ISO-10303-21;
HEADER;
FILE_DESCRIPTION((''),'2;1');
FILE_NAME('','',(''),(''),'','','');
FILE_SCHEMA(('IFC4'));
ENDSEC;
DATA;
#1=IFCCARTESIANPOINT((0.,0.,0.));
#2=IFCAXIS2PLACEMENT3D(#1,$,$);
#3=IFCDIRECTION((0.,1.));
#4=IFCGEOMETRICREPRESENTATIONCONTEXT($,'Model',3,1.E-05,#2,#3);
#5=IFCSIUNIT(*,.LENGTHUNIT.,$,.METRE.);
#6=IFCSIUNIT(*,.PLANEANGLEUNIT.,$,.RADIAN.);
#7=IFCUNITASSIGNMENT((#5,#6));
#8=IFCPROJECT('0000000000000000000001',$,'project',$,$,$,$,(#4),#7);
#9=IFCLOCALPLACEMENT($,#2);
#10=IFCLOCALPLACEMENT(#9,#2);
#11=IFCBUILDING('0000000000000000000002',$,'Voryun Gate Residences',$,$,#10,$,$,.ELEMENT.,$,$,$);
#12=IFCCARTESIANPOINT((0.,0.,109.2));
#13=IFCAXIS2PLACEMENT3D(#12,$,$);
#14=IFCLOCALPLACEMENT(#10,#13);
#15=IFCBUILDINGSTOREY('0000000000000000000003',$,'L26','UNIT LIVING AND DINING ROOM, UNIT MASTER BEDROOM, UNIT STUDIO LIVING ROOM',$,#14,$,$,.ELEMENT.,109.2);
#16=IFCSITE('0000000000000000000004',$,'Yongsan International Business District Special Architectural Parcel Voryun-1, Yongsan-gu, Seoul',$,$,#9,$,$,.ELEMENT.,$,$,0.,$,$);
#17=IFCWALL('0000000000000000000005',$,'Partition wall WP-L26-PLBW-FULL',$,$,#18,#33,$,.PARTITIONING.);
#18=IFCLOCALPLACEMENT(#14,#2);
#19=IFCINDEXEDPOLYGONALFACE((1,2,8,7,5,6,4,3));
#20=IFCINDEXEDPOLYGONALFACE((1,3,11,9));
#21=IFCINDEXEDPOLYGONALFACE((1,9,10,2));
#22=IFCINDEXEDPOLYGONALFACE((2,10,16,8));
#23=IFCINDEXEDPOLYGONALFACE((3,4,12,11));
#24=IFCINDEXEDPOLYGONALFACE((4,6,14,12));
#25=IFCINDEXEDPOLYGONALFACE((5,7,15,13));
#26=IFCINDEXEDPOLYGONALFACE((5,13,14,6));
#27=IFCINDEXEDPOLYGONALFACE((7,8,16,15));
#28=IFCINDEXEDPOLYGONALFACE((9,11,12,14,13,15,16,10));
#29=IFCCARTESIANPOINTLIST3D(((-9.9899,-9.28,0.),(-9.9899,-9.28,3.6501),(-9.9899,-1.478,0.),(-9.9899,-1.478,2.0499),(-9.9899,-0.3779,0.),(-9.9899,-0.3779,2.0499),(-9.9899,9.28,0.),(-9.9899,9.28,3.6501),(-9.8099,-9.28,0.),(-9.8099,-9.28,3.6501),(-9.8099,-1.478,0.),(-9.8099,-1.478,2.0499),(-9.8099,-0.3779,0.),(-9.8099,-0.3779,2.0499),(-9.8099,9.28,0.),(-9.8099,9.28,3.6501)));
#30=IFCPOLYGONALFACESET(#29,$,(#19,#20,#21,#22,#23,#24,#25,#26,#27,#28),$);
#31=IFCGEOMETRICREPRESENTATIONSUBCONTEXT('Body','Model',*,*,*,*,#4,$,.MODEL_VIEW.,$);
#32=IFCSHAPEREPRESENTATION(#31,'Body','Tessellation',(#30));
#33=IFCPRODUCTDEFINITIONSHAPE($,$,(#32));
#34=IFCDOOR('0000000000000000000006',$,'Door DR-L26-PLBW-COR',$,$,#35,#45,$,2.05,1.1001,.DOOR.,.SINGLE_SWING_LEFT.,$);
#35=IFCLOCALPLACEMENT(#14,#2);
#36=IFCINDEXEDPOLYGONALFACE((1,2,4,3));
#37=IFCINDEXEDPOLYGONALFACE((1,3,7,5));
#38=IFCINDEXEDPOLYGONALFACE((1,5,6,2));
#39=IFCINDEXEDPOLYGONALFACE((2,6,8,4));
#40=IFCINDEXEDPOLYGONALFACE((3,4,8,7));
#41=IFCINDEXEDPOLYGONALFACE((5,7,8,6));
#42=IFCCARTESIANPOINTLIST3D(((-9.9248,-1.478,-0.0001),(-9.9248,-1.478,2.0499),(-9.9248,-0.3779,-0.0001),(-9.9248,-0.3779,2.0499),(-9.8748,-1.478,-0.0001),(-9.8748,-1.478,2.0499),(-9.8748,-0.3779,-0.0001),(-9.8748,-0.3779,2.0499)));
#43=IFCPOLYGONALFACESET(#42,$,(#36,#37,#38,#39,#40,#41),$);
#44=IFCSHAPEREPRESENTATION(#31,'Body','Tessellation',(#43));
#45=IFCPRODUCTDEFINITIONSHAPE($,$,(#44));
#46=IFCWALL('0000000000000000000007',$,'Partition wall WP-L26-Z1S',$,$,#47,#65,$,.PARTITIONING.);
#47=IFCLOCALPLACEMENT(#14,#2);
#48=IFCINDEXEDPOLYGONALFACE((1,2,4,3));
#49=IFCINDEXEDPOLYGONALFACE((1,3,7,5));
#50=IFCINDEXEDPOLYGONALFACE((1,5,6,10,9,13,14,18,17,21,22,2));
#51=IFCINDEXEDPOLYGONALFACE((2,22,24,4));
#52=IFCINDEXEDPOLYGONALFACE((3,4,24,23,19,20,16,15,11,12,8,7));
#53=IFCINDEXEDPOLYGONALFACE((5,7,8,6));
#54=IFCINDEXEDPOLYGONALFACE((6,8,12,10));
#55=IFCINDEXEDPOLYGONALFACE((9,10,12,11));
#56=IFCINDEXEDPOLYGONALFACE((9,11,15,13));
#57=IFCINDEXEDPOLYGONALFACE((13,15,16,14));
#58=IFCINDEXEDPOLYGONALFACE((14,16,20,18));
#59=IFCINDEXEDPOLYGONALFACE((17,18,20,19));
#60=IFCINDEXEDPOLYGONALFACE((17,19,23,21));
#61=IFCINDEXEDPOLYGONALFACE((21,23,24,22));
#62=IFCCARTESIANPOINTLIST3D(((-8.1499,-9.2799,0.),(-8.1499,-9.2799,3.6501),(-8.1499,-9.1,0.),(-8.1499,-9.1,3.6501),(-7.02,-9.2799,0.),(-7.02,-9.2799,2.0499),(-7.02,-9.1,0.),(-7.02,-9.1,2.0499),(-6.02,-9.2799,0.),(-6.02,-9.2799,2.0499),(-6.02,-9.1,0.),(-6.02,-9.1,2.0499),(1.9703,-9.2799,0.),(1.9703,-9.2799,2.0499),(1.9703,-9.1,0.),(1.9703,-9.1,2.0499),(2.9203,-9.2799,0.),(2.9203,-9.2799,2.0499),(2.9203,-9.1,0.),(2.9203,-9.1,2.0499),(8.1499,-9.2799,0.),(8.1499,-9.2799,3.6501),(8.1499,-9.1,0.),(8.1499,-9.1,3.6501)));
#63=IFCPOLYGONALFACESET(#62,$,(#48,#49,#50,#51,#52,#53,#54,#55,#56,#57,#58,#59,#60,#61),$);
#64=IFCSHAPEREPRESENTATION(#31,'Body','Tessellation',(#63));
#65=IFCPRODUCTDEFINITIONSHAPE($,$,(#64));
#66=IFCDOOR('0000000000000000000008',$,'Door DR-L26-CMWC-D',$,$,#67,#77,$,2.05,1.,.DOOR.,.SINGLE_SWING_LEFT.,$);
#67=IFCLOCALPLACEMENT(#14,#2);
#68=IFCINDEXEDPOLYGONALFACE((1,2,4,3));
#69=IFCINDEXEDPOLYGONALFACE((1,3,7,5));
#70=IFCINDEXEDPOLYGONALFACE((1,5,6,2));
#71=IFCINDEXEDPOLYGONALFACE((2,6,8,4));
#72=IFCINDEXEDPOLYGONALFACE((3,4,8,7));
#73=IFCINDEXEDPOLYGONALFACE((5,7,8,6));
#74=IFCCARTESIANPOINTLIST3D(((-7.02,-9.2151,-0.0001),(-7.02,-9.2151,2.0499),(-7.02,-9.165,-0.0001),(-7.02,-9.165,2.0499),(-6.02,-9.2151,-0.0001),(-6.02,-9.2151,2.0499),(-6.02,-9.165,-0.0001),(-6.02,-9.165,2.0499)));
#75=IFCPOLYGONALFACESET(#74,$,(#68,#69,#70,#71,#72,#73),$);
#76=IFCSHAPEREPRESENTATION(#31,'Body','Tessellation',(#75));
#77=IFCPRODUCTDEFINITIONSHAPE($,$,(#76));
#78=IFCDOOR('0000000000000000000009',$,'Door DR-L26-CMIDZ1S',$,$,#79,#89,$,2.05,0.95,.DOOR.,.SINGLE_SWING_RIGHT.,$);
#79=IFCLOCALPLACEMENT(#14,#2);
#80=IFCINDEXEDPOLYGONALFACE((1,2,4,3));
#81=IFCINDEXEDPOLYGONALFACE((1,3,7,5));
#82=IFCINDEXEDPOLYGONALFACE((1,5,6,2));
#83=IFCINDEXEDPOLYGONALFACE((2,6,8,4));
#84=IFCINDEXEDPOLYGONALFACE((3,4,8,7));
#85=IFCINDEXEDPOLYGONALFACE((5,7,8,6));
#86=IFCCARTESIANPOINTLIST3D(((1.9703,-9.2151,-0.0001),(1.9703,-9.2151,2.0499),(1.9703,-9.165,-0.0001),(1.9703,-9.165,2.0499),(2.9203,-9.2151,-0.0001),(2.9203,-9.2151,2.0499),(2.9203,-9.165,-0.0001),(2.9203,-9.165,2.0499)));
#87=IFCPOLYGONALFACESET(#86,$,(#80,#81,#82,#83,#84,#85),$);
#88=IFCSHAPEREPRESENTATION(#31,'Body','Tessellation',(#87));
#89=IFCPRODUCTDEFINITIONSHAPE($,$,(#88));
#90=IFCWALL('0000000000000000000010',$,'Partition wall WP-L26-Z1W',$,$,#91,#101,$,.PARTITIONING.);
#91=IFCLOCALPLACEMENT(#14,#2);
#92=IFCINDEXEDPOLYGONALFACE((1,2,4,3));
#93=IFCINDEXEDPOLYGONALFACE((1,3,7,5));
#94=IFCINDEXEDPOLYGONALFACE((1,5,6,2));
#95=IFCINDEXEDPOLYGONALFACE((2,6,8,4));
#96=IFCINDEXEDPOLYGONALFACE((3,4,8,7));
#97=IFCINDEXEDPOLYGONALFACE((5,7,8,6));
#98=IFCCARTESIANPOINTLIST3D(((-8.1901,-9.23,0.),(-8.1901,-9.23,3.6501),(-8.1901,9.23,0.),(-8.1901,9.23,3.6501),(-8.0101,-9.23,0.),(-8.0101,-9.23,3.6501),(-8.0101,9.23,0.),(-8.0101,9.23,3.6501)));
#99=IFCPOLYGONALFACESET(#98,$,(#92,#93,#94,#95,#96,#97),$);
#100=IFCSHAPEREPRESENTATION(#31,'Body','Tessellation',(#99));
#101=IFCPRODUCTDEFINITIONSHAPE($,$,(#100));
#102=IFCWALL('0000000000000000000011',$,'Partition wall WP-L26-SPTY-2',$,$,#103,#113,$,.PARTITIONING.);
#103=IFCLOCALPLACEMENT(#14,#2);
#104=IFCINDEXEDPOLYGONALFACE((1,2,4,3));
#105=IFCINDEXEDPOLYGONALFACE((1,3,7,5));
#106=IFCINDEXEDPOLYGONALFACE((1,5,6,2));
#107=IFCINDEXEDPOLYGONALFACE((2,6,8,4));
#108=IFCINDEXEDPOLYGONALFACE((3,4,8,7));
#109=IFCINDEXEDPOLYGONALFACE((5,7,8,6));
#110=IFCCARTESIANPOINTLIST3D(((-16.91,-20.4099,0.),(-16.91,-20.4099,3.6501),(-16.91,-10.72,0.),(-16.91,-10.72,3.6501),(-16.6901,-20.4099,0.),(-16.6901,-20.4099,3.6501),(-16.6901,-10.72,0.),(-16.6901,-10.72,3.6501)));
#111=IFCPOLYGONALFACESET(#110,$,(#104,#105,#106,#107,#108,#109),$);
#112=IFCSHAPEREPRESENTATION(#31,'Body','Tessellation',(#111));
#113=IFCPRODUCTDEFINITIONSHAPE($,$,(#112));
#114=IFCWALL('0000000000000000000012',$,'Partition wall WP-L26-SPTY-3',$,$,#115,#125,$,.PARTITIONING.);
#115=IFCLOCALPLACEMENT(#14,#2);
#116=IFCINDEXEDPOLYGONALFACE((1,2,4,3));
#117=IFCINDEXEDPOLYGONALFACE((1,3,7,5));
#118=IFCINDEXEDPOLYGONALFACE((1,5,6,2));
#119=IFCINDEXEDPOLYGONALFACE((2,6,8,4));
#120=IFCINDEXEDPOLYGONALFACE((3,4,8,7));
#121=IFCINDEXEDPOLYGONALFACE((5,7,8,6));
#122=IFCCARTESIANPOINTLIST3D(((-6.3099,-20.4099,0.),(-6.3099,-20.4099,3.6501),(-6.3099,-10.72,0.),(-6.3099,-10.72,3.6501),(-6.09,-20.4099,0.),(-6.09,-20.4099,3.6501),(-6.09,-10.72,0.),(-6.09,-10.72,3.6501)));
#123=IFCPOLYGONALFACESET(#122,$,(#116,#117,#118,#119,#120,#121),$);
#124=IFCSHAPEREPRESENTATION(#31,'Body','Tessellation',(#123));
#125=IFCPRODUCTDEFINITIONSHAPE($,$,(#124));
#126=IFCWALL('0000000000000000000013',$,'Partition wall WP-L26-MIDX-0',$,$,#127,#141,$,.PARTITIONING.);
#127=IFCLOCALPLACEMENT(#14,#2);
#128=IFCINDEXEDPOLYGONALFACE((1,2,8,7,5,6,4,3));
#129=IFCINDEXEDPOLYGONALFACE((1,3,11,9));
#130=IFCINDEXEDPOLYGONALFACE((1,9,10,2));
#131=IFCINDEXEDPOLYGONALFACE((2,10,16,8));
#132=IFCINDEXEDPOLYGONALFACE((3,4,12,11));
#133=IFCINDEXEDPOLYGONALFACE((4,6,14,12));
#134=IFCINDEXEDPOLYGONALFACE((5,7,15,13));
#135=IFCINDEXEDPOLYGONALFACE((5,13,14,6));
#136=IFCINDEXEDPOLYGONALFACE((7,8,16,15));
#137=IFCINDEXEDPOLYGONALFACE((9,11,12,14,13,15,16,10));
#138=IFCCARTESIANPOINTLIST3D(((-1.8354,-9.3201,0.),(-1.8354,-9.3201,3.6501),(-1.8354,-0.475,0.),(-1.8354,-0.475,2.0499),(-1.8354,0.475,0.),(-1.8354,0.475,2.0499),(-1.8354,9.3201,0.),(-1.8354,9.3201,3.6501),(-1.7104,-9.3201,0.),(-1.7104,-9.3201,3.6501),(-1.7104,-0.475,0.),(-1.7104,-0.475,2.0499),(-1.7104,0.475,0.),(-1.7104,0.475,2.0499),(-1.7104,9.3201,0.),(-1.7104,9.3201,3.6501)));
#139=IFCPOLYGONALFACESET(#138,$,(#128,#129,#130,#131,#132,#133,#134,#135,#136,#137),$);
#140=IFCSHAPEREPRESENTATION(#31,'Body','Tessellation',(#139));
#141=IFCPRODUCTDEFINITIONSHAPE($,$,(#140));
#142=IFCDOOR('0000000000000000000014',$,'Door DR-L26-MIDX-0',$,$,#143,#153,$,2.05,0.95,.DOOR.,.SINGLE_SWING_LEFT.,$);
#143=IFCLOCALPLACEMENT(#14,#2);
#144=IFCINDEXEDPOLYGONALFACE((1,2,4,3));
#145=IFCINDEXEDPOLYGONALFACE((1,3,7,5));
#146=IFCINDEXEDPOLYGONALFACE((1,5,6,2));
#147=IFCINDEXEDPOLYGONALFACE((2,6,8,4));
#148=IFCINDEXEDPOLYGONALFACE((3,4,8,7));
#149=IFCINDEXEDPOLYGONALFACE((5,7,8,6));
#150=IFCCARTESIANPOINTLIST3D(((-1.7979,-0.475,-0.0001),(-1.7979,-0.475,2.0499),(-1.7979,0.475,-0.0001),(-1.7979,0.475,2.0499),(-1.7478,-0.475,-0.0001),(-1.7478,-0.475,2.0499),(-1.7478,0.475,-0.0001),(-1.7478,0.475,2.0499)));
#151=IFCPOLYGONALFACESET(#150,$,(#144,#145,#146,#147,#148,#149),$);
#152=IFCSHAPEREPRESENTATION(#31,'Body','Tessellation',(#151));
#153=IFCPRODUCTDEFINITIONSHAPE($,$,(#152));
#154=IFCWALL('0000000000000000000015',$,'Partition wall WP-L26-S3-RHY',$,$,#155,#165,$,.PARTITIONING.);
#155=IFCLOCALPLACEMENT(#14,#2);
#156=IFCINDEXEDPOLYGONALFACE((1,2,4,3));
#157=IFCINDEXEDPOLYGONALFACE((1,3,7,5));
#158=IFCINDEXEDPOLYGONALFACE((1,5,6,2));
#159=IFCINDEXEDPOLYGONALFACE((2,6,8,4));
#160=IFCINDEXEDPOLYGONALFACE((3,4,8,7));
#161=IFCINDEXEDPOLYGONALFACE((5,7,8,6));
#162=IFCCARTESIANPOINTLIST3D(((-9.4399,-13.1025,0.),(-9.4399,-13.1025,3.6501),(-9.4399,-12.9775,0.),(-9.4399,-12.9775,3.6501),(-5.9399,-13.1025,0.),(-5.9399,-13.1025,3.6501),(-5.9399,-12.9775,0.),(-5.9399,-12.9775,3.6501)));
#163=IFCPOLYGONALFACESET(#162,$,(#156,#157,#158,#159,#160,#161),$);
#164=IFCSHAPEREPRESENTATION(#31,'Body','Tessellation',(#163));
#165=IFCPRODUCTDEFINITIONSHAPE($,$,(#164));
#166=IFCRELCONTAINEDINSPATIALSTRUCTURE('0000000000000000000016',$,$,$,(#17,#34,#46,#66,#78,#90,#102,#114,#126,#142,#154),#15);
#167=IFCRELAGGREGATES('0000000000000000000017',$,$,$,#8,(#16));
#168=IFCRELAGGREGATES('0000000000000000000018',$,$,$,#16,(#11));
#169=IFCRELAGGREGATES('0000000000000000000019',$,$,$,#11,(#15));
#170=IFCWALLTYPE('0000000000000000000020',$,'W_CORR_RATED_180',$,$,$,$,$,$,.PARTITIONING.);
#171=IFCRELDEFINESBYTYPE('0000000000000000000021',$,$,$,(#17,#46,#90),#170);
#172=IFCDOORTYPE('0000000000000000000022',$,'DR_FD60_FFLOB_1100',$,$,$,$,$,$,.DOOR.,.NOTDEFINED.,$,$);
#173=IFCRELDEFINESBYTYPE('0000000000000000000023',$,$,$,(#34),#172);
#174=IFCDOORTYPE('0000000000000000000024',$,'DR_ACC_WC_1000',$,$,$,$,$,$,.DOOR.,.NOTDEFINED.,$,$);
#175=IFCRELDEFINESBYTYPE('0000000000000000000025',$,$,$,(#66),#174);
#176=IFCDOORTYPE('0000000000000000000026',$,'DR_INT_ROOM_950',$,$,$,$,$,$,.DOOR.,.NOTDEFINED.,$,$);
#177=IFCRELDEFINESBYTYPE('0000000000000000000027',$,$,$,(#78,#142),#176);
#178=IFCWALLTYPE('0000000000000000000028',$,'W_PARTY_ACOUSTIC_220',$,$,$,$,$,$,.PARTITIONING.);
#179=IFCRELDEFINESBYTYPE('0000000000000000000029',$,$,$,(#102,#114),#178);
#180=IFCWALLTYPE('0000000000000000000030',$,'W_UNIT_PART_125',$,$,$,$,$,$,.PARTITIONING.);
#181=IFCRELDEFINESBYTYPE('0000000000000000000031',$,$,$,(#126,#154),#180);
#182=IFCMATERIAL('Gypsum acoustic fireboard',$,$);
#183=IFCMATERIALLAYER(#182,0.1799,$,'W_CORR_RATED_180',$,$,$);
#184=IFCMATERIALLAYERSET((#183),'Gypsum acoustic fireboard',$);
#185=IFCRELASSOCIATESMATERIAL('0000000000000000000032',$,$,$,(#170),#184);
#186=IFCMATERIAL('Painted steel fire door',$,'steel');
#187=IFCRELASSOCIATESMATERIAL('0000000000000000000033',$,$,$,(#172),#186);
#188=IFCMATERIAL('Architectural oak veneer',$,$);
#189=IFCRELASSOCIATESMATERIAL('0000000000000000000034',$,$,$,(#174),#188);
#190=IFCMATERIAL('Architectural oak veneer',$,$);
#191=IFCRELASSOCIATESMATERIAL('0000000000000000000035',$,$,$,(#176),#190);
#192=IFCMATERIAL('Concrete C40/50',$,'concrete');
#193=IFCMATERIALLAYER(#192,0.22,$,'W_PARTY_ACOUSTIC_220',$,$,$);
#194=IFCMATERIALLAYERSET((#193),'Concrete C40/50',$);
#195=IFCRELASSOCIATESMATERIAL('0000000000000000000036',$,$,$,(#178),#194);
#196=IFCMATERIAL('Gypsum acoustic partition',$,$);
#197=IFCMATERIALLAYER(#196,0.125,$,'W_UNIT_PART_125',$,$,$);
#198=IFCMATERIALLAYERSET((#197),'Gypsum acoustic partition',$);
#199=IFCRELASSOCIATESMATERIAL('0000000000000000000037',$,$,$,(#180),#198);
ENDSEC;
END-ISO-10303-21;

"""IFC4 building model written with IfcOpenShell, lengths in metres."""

from ifc_helpers import new_model, si_unit, direction, frame, frame_2d, origin, place, context, subcontext, project, spatial, rectangle, extrude, material, layer, layer_set, type_object, element, fill, save


model = new_model("IFC4")

# Units and contexts
model_context = context("Model", 3, precision=1e-05, world=origin(), true_north=direction((0.0, 1.0)))
body_context = subcontext(model_context, "Body", "Model", "MODEL_VIEW")
ifc_project = project(units=[si_unit("LENGTHUNIT", "METRE"), si_unit("PLANEANGLEUNIT", "RADIAN")], contexts=[model_context])

# Site, building, storey
site_placement = place(None, origin())
site = spatial("IfcSite", under=ifc_project, at=site_placement, Name="Yongsan International Business District Special Architectural Parcel Voryun-1, Yongsan-gu, Seoul", CompositionType="ELEMENT", RefElevation=0.0)
building_placement = place(site_placement, origin())
building = spatial("IfcBuilding", under=site, at=building_placement, Name="Voryun Gate Residences", CompositionType="ELEMENT")
storey_placement = place(building_placement, frame((0.0, 0.0, 109.2)))
storey = spatial("IfcBuildingStorey", under=building, at=storey_placement, Name="L26", Description="UNIT LIVING AND DINING ROOM, UNIT MASTER BEDROOM, UNIT STUDIO LIVING ROOM", CompositionType="ELEMENT", Elevation=109.2)

# Wall, opening, door
ifc_material_1 = material(Name="Gypsum acoustic fireboard")
ifc_layer_1 = layer(ifc_material_1, 0.1799, Name="W_CORR_RATED_180")
ifc_layer_set_1 = layer_set([ifc_layer_1], Name="Gypsum acoustic fireboard")
wall_type_1 = type_object("IfcWallType", Name="W_CORR_RATED_180", PredefinedType="PARTITIONING", material=ifc_layer_set_1)
wall_1_placement = place(storey_placement, frame((-9.8999, -9.28, 0.0), z_axis=(0.0, 0.0, 1.0), x_axis=(0.0, 1.0, 0.0)))
wall_1 = element("IfcWall", 1, at=wall_1_placement, inside=storey, type_object=wall_type_1, Name="Partition wall WP-L26-PLBW-FULL", PredefinedType="PARTITIONING", context=body_context, shape_type="SweptSolid", body=[
    extrude(rectangle(XDim=18.5601, YDim=0.1799, at=frame_2d((9.28, 0.0))), origin(), (0.0, 0.0, 1.0), 3.6501),
])
opening_1_placement = place(wall_1_placement, frame((7.802, 0.0, 0.0)))
opening_1 = element("IfcOpeningElement", 2, at=opening_1_placement, cuts=wall_1, PredefinedType="OPENING", context=body_context, shape_type="SweptSolid", body=[
    extrude(rectangle(XDim=1.1001, YDim=2.05, at=frame_2d((0.55, 1.0249))), frame((0.0, 0.0999, 0.0), z_axis=(0.0, -1.0, 0.0), x_axis=(1.0, 0.0, 0.0)), (0.0, 0.0, 1.0), 0.2),
])
ifc_material_2 = material(Name="Painted steel fire door", Category="steel")
door_type_1 = type_object("IfcDoorType", Name="DR_FD60_FFLOB_1100", OperationType="NOTDEFINED", PredefinedType="DOOR", material=ifc_material_2)
door_1_placement = place(opening_1_placement, origin())
door_1 = element("IfcDoor", 3, at=door_1_placement, inside=storey, type_object=door_type_1, Name="Door DR-L26-PLBW-COR", OperationType="SINGLE_SWING_LEFT", OverallHeight=2.05, OverallWidth=1.1001, PredefinedType="DOOR", context=body_context, shape_type="SweptSolid", body=[
    extrude(rectangle(XDim=1.1001, YDim=2.05, at=frame_2d((0.55, 1.0249))), frame((0.0, 0.0249, 0.0), z_axis=(0.0, -1.0, 0.0), x_axis=(1.0, 0.0, 0.0)), (0.0, 0.0, 1.0), 0.05),
])
fill(opening_1, door_1)

# Wall, openings, doors
wall_2_placement = place(storey_placement, frame((-8.1499, -9.1899, 0.0), z_axis=(0.0, 0.0, 1.0), x_axis=(1.0, 0.0, 0.0)))
wall_2 = element("IfcWall", 4, at=wall_2_placement, inside=storey, type_object=wall_type_1, Name="Partition wall WP-L26-Z1S", PredefinedType="PARTITIONING", context=body_context, shape_type="SweptSolid", body=[
    extrude(rectangle(XDim=16.2998, YDim=0.1799, at=frame_2d((8.1499, 0.0))), origin(), (0.0, 0.0, 1.0), 3.6501),
])
opening_2_placement = place(wall_2_placement, frame((1.1299, 0.0, 0.0)))
opening_2 = element("IfcOpeningElement", 5, at=opening_2_placement, cuts=wall_2, PredefinedType="OPENING", context=body_context, shape_type="SweptSolid", body=[
    extrude(rectangle(XDim=1.0, YDim=2.05, at=frame_2d((0.5, 1.0249))), frame((0.0, 0.0999, 0.0), z_axis=(0.0, -1.0, 0.0), x_axis=(1.0, 0.0, 0.0)), (0.0, 0.0, 1.0), 0.2),
])
opening_3_placement = place(wall_2_placement, frame((10.1201, 0.0, 0.0)))
opening_3 = element("IfcOpeningElement", 6, at=opening_3_placement, cuts=wall_2, PredefinedType="OPENING", context=body_context, shape_type="SweptSolid", body=[
    extrude(rectangle(XDim=0.95, YDim=2.05, at=frame_2d((0.4751, 1.0249))), frame((0.0, 0.0999, 0.0), z_axis=(0.0, -1.0, 0.0), x_axis=(1.0, 0.0, 0.0)), (0.0, 0.0, 1.0), 0.2),
])
ifc_material_3 = material(Name="Architectural oak veneer")
door_type_2 = type_object("IfcDoorType", Name="DR_ACC_WC_1000", OperationType="NOTDEFINED", PredefinedType="DOOR", material=ifc_material_3)
door_2_placement = place(opening_2_placement, origin())
door_2 = element("IfcDoor", 7, at=door_2_placement, inside=storey, type_object=door_type_2, Name="Door DR-L26-CMWC-D", OperationType="SINGLE_SWING_LEFT", OverallHeight=2.05, OverallWidth=1.0, PredefinedType="DOOR", context=body_context, shape_type="SweptSolid", body=[
    extrude(rectangle(XDim=1.0, YDim=2.05, at=frame_2d((0.5, 1.0249))), frame((0.0, 0.0249, 0.0), z_axis=(0.0, -1.0, 0.0), x_axis=(1.0, 0.0, 0.0)), (0.0, 0.0, 1.0), 0.05),
])
fill(opening_2, door_2)
ifc_material_4 = material(Name="Architectural oak veneer")
door_type_3 = type_object("IfcDoorType", Name="DR_INT_ROOM_950", OperationType="NOTDEFINED", PredefinedType="DOOR", material=ifc_material_4)
door_3_placement = place(opening_3_placement, origin())
door_3 = element("IfcDoor", 8, at=door_3_placement, inside=storey, type_object=door_type_3, Name="Door DR-L26-CMIDZ1S", OperationType="SINGLE_SWING_RIGHT", OverallHeight=2.05, OverallWidth=0.95, PredefinedType="DOOR", context=body_context, shape_type="SweptSolid", body=[
    extrude(rectangle(XDim=0.95, YDim=2.05, at=frame_2d((0.4751, 1.0249))), frame((0.0, 0.0249, 0.0), z_axis=(0.0, -1.0, 0.0), x_axis=(1.0, 0.0, 0.0)), (0.0, 0.0, 1.0), 0.05),
])
fill(opening_3, door_3)

# Walls
wall_3_placement = place(storey_placement, frame((-8.1001, -9.23, 0.0), z_axis=(0.0, 0.0, 1.0), x_axis=(0.0, 1.0, 0.0)))
element("IfcWall", 9, at=wall_3_placement, inside=storey, type_object=wall_type_1, Name="Partition wall WP-L26-Z1W", PredefinedType="PARTITIONING", context=body_context, shape_type="SweptSolid", body=[
    extrude(rectangle(XDim=18.46, YDim=0.1799, at=frame_2d((9.23, 0.0))), origin(), (0.0, 0.0, 1.0), 3.6501),
])
ifc_material_5 = material(Name="Concrete C40/50", Category="concrete")
ifc_layer_2 = layer(ifc_material_5, 0.22, Name="W_PARTY_ACOUSTIC_220")
ifc_layer_set_2 = layer_set([ifc_layer_2], Name="Concrete C40/50")
wall_type_2 = type_object("IfcWallType", Name="W_PARTY_ACOUSTIC_220", PredefinedType="PARTITIONING", material=ifc_layer_set_2)
for number, where, z_axis, x_axis, name in (
    (10, (-16.8, -20.4099, 0.0), (0.0, 0.0, 1.0), (0.0, 1.0, 0.0), "Partition wall WP-L26-SPTY-2"),
    (11, (-6.2, -20.4099, 0.0), (0.0, 0.0, 1.0), (0.0, 1.0, 0.0), "Partition wall WP-L26-SPTY-3"),
):
    element("IfcWall", number, at=place(storey_placement, frame(where, z_axis=z_axis, x_axis=x_axis)), inside=storey, type_object=wall_type_2, Name=name, PredefinedType="PARTITIONING", context=body_context, shape_type="SweptSolid", body=[
        extrude(rectangle(XDim=9.6899, YDim=0.22, at=frame_2d((4.845, 0.0))), origin(), (0.0, 0.0, 1.0), 3.6501),
    ])

# Wall, opening, door
ifc_material_6 = material(Name="Gypsum acoustic partition")
ifc_layer_3 = layer(ifc_material_6, 0.125, Name="W_UNIT_PART_125")
ifc_layer_set_3 = layer_set([ifc_layer_3], Name="Gypsum acoustic partition")
wall_type_3 = type_object("IfcWallType", Name="W_UNIT_PART_125", PredefinedType="PARTITIONING", material=ifc_layer_set_3)
wall_4_placement = place(storey_placement, frame((-1.7729, -9.3201, 0.0), z_axis=(0.0, 0.0, 1.0), x_axis=(0.0, 1.0, 0.0)))
wall_4 = element("IfcWall", 12, at=wall_4_placement, inside=storey, type_object=wall_type_3, Name="Partition wall WP-L26-MIDX-0", PredefinedType="PARTITIONING", context=body_context, shape_type="SweptSolid", body=[
    extrude(rectangle(XDim=18.6401, YDim=0.125, at=frame_2d((9.3201, 0.0))), origin(), (0.0, 0.0, 1.0), 3.6501),
])
opening_4_placement = place(wall_4_placement, frame((8.845, 0.0, 0.0)))
opening_4 = element("IfcOpeningElement", 13, at=opening_4_placement, cuts=wall_4, PredefinedType="OPENING", context=body_context, shape_type="SweptSolid", body=[
    extrude(rectangle(XDim=0.95, YDim=2.05, at=frame_2d((0.4751, 1.0249))), frame((0.0, 0.0725, 0.0), z_axis=(0.0, -1.0, 0.0), x_axis=(1.0, 0.0, 0.0)), (0.0, 0.0, 1.0), 0.145),
])
door_4_placement = place(opening_4_placement, origin())
door_4 = element("IfcDoor", 14, at=door_4_placement, inside=storey, type_object=door_type_3, Name="Door DR-L26-MIDX-0", OperationType="SINGLE_SWING_LEFT", OverallHeight=2.05, OverallWidth=0.95, PredefinedType="DOOR", context=body_context, shape_type="SweptSolid", body=[
    extrude(rectangle(XDim=0.95, YDim=2.05, at=frame_2d((0.4751, 1.0249))), frame((0.0, 0.0249, 0.0), z_axis=(0.0, -1.0, 0.0), x_axis=(1.0, 0.0, 0.0)), (0.0, 0.0, 1.0), 0.05),
])
fill(opening_4, door_4)

# Wall
wall_5_placement = place(storey_placement, frame((-9.4399, -13.04, 0.0), z_axis=(0.0, 0.0, 1.0), x_axis=(1.0, 0.0, 0.0)))
element("IfcWall", 15, at=wall_5_placement, inside=storey, type_object=wall_type_3, Name="Partition wall WP-L26-S3-RHY", PredefinedType="PARTITIONING", context=body_context, shape_type="SweptSolid", body=[
    extrude(rectangle(XDim=3.5, YDim=0.125, at=frame_2d((1.75, 0.0))), origin(), (0.0, 0.0, 1.0), 3.6501),
])

save(model, "model.ifc")
